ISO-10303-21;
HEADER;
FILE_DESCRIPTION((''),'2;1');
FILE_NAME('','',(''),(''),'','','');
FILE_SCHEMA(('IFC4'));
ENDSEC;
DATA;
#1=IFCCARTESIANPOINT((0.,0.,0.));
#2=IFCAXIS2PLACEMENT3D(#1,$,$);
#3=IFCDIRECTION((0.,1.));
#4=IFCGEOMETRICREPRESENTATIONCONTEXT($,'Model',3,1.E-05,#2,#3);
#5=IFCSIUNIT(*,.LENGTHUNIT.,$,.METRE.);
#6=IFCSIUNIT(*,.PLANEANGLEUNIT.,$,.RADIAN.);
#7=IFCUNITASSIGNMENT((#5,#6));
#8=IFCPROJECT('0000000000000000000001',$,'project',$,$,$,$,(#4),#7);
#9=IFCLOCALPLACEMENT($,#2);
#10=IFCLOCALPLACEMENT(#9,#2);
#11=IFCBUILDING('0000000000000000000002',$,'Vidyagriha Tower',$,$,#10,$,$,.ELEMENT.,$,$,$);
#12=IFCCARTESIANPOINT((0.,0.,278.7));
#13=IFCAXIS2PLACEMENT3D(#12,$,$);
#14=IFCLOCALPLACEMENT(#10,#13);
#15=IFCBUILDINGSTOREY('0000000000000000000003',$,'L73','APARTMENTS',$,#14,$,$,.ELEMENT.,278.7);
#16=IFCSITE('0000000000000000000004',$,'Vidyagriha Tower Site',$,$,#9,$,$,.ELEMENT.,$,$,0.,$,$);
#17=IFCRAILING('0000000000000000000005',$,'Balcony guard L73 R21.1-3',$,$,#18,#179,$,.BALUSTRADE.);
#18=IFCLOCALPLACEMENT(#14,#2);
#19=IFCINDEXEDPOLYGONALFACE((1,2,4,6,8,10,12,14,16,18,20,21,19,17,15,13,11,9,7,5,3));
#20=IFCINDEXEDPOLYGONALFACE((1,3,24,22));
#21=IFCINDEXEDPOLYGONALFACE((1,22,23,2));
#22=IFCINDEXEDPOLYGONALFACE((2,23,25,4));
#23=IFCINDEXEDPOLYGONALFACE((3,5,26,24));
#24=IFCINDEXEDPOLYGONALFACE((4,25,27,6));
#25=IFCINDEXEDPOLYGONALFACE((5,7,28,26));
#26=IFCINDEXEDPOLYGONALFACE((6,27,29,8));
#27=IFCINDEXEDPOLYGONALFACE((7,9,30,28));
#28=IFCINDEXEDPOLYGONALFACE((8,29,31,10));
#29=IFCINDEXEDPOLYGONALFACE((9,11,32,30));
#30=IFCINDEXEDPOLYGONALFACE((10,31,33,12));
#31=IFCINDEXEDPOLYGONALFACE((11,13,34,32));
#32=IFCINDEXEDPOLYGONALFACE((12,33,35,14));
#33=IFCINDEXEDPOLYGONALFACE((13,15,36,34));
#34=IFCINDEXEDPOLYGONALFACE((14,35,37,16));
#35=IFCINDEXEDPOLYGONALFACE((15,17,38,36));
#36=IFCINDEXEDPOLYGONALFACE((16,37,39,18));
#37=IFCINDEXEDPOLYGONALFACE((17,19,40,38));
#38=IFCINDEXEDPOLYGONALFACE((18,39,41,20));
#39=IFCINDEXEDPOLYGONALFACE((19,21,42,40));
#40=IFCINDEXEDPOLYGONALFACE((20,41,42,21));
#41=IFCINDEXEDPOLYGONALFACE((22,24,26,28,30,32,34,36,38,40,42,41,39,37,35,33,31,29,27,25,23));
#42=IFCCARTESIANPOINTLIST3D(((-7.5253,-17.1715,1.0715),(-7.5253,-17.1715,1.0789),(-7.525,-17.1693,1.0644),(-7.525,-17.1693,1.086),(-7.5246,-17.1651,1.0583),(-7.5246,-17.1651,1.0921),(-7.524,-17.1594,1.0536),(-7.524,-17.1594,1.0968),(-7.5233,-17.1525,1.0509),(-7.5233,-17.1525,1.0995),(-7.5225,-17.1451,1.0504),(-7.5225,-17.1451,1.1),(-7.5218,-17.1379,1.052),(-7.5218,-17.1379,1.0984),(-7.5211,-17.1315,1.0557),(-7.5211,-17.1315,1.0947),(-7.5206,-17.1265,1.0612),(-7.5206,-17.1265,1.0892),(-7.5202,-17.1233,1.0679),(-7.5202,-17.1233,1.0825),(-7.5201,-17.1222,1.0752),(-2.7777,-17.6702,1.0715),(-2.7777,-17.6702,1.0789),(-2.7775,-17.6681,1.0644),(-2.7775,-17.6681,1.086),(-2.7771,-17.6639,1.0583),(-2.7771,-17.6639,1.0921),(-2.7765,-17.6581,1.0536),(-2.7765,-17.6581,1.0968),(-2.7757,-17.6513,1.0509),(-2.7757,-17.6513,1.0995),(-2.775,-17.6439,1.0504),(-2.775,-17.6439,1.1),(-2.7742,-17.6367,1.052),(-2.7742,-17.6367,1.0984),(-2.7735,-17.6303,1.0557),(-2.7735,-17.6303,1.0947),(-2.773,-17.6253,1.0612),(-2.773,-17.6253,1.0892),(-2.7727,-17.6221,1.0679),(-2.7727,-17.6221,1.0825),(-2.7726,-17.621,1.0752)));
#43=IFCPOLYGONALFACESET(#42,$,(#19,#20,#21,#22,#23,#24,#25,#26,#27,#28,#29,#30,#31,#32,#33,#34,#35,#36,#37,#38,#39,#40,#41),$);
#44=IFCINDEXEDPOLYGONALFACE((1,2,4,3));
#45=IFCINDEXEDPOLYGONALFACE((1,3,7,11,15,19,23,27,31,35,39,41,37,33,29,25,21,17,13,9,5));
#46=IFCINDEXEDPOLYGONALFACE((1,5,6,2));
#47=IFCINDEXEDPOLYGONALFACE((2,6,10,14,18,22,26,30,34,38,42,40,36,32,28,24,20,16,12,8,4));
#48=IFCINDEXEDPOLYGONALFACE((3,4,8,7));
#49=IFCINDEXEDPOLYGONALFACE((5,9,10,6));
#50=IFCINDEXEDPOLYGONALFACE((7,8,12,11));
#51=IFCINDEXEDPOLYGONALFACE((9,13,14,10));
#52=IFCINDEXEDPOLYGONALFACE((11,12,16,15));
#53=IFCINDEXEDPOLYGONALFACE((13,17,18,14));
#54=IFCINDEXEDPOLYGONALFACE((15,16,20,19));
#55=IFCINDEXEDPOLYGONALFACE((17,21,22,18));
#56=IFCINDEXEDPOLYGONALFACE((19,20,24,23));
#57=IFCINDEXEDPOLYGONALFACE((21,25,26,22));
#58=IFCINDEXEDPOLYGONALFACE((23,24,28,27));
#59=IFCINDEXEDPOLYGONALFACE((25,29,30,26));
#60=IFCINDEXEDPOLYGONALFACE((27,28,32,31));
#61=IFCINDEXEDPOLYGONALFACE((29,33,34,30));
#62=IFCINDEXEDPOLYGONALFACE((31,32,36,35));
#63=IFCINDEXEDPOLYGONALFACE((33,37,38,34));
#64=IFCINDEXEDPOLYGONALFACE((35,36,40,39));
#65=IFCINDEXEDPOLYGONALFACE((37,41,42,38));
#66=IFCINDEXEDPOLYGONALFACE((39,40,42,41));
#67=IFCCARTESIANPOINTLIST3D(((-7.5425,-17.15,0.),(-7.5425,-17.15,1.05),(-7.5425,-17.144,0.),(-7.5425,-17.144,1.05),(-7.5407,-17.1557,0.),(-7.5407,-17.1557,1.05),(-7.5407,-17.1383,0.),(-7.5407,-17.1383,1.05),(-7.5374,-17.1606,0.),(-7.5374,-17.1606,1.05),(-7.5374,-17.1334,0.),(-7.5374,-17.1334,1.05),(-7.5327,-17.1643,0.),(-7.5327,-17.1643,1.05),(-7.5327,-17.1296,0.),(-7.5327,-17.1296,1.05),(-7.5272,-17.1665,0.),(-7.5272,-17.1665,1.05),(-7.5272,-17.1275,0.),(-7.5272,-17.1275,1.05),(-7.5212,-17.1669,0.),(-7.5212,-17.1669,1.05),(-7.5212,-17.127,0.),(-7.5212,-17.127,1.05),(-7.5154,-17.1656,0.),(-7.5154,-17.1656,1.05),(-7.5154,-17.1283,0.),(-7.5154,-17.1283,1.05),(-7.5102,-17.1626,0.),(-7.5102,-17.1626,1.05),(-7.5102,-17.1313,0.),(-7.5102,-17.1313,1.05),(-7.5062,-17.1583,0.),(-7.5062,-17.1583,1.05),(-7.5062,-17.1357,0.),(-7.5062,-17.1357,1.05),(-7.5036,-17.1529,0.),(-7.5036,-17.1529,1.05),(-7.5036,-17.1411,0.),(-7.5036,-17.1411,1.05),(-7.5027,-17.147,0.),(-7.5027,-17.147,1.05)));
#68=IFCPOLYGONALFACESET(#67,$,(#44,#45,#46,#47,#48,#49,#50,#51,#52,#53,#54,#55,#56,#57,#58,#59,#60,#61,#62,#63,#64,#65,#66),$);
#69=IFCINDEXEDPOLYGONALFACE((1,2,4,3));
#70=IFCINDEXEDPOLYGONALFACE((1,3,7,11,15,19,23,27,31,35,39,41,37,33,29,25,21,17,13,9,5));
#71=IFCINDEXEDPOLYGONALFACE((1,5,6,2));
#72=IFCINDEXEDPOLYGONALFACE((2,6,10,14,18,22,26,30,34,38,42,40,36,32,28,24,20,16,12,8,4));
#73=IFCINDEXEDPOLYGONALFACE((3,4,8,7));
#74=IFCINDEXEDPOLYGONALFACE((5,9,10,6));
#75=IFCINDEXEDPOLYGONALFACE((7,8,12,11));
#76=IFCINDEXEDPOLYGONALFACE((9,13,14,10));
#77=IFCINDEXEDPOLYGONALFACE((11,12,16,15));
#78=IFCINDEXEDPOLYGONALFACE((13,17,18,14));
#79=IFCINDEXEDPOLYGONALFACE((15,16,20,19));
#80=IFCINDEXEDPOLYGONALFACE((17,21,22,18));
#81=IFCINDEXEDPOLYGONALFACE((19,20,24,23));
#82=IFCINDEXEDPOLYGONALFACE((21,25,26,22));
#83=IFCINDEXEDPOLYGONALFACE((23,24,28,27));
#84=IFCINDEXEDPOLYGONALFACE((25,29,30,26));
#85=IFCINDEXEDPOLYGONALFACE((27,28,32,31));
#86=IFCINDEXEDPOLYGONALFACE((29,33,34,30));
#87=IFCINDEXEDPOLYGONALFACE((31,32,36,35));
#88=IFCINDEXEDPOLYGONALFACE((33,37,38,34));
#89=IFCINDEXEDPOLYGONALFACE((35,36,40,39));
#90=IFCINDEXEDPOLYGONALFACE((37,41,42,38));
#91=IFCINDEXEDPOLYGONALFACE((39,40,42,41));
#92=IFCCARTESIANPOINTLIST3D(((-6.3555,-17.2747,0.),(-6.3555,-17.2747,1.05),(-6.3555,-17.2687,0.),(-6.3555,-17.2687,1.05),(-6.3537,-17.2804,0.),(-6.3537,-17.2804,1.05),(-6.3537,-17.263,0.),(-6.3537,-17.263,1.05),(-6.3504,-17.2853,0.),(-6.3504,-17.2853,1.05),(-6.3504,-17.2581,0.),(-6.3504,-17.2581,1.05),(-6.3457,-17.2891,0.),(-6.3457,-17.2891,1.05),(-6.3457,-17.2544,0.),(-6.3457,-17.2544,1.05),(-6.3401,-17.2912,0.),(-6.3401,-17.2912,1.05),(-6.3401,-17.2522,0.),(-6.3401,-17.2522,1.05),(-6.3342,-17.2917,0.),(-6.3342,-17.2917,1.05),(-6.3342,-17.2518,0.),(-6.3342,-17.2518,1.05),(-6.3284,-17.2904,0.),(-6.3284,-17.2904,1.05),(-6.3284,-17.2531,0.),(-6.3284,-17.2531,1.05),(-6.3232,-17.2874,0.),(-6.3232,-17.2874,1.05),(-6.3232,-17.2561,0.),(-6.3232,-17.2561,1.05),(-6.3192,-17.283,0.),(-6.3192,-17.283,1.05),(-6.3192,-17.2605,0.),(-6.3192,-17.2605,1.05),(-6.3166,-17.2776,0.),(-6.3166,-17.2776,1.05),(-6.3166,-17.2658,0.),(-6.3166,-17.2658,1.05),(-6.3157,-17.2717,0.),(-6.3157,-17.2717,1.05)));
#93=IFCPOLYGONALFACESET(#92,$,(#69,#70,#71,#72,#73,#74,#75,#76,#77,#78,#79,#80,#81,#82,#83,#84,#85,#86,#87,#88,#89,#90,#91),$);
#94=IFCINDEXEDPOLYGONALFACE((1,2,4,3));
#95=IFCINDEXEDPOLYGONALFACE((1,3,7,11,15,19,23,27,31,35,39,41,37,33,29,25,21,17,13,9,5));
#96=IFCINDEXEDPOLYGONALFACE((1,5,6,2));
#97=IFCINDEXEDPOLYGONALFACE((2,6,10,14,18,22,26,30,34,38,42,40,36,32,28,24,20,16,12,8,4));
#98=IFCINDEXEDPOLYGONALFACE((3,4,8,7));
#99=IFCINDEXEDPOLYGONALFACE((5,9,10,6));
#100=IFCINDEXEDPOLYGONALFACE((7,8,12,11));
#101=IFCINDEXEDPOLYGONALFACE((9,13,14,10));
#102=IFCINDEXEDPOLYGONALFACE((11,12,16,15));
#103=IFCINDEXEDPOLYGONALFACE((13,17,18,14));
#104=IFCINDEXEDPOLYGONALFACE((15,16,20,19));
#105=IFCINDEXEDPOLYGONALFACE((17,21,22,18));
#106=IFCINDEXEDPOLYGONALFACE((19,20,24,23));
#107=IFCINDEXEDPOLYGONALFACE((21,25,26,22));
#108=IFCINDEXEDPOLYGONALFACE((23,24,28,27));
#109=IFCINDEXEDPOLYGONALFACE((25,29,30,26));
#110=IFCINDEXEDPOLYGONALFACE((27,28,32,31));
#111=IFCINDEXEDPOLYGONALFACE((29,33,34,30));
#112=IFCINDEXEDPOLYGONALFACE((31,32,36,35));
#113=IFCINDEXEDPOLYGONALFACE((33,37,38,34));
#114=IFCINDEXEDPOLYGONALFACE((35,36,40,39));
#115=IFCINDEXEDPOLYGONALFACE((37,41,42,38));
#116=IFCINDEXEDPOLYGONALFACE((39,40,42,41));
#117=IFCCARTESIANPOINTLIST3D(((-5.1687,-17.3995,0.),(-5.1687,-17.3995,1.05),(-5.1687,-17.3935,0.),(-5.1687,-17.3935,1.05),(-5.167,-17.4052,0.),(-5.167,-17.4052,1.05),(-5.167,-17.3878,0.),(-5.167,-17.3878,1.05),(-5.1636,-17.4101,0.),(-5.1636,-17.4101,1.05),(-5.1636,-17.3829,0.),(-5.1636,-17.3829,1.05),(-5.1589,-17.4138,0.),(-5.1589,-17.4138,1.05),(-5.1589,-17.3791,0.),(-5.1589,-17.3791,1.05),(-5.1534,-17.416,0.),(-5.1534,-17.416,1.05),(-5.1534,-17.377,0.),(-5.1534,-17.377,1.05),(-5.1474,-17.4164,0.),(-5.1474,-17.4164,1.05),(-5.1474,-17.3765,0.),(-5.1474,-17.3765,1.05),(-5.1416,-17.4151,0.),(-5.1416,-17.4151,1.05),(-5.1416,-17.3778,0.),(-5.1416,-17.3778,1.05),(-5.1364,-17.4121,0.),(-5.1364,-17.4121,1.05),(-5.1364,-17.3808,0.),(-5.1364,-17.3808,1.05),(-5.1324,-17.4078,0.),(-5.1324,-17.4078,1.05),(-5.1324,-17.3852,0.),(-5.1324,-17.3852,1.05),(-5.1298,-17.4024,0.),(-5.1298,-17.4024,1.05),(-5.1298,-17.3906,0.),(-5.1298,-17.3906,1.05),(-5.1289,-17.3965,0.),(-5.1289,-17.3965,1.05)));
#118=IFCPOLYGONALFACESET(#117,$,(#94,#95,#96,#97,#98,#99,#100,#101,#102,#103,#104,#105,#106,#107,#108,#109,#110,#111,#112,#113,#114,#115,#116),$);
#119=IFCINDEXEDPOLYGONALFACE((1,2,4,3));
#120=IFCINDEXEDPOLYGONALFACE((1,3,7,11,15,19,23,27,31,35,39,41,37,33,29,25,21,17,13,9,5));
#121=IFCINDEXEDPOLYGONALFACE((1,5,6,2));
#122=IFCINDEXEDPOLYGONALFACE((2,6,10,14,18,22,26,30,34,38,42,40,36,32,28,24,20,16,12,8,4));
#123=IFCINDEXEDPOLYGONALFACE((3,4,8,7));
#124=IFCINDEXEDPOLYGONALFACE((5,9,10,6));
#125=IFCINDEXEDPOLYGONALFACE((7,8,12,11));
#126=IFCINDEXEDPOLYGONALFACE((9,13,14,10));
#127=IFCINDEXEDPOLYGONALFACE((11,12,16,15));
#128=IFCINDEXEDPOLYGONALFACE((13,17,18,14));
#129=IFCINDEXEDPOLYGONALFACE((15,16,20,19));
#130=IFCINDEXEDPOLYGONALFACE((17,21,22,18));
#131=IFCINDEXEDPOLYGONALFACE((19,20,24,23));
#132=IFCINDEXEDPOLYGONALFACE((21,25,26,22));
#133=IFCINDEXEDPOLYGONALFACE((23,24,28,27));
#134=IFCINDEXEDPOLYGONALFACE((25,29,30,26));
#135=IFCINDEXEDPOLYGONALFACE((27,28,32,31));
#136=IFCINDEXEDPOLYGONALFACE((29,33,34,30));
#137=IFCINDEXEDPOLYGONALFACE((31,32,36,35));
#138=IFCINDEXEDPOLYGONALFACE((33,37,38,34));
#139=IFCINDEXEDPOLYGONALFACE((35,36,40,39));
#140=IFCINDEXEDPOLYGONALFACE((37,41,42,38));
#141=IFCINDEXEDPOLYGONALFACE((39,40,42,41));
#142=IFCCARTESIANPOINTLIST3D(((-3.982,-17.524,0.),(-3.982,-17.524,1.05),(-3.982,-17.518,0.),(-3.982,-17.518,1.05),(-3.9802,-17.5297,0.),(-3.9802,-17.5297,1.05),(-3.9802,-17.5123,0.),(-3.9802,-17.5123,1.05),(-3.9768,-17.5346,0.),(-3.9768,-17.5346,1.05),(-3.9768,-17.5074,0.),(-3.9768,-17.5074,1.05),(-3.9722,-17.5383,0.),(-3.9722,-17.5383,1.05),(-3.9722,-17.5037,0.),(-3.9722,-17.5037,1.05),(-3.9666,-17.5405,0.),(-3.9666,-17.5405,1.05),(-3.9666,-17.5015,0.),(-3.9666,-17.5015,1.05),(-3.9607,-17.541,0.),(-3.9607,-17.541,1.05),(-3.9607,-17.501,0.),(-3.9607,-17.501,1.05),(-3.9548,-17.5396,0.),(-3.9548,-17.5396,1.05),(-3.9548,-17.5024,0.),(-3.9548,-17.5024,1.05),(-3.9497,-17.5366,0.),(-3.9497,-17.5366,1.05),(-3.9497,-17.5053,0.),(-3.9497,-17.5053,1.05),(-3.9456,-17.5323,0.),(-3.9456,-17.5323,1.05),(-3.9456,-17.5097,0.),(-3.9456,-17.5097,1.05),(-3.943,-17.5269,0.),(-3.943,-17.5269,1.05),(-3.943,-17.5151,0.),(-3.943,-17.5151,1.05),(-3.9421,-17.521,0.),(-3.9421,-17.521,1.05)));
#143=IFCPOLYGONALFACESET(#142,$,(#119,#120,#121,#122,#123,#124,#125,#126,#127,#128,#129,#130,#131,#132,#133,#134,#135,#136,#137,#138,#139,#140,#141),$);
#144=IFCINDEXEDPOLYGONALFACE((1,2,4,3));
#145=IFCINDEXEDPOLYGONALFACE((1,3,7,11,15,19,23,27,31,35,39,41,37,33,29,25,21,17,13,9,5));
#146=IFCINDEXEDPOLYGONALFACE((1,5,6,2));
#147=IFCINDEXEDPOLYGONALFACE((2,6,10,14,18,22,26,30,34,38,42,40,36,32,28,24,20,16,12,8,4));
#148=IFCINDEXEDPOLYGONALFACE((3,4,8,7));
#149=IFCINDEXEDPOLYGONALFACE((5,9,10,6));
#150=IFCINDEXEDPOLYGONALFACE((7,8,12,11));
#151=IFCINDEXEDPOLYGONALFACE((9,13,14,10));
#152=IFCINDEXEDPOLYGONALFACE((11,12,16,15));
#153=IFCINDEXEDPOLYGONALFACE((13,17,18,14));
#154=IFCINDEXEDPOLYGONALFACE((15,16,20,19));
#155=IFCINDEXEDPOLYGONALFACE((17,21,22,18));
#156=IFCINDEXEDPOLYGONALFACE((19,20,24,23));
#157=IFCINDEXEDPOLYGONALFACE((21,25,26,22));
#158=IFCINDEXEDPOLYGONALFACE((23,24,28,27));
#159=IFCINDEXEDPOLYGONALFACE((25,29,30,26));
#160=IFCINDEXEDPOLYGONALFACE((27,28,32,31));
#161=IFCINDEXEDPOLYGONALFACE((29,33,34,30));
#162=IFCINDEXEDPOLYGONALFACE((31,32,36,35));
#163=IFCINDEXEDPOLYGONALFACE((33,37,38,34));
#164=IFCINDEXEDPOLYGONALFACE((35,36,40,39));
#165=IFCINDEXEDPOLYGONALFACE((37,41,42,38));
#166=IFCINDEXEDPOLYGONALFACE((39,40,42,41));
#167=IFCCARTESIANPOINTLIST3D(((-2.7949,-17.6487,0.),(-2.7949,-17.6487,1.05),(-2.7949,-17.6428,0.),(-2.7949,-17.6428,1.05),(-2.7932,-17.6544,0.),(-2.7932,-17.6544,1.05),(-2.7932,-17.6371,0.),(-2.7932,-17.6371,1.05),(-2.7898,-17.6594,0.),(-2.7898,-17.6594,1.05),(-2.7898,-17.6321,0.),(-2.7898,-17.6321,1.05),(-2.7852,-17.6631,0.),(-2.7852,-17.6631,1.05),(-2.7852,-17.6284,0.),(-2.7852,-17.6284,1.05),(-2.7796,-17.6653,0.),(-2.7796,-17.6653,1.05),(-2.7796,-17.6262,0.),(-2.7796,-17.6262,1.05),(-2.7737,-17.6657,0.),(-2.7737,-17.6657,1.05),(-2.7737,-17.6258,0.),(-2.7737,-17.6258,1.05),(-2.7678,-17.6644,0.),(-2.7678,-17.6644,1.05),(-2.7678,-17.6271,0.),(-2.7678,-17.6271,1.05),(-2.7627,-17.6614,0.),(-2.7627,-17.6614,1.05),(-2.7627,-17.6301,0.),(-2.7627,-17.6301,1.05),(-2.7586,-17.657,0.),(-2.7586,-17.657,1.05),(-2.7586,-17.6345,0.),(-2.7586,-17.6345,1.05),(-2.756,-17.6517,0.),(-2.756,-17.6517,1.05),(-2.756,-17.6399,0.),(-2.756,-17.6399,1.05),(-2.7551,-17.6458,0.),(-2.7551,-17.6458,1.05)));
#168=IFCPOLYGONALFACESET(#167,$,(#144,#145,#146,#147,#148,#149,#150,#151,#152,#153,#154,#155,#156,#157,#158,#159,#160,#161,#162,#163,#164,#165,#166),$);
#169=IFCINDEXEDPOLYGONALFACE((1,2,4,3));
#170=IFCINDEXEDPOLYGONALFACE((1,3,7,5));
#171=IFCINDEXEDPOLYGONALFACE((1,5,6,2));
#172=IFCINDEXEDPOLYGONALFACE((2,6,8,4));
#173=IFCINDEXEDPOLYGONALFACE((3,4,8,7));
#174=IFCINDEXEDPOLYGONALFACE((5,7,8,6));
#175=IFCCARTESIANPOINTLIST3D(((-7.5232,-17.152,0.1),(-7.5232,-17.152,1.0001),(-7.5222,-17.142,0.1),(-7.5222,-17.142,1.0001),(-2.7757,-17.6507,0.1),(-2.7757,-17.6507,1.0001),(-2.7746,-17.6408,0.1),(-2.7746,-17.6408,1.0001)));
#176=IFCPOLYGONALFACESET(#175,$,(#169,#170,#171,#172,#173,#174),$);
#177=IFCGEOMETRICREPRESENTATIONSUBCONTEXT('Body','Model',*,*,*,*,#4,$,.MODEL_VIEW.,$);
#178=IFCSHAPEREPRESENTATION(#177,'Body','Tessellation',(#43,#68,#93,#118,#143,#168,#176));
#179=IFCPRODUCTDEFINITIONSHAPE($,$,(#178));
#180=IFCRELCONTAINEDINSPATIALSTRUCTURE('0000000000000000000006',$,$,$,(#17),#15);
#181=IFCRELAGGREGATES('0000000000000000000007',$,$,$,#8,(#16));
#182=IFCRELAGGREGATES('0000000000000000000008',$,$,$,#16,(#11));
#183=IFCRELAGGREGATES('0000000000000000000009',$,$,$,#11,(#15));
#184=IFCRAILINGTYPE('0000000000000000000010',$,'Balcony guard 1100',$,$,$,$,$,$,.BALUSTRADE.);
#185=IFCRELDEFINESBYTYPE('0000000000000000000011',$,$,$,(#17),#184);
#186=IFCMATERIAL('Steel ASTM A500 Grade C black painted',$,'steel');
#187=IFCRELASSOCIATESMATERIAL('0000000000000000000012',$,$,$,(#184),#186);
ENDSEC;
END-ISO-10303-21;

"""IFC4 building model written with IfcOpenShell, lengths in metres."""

from ifc_helpers import new_model, si_unit, direction, frame, origin, origin_2d, place, context, subcontext, project, spatial, rectangle, circle, extrude, material, type_object, element, save


model = new_model("IFC4")

# Units and contexts
model_context = context("Model", 3, precision=1e-05, world=origin(), true_north=direction((0.0, 1.0)))
body_context = subcontext(model_context, "Body", "Model", "MODEL_VIEW")
ifc_project = project(units=[si_unit("LENGTHUNIT", "METRE"), si_unit("PLANEANGLEUNIT", "RADIAN")], contexts=[model_context])

# Site, building, storey
site_placement = place(None, origin())
site = spatial("IfcSite", under=ifc_project, at=site_placement, Name="Vidyagriha Tower Site", CompositionType="ELEMENT", RefElevation=0.0)
building_placement = place(site_placement, origin())
building = spatial("IfcBuilding", under=site, at=building_placement, Name="Vidyagriha Tower", CompositionType="ELEMENT")
storey_placement = place(building_placement, frame((0.0, 0.0, 278.7)))
storey = spatial("IfcBuildingStorey", under=building, at=storey_placement, Name="L73", Description="APARTMENTS", CompositionType="ELEMENT", Elevation=278.7)

# Railing
ifc_material_1 = material(Name="Steel ASTM A500 Grade C black painted", Category="steel")
railing_type = type_object("IfcRailingType", Name="Balcony guard 1100", PredefinedType="BALUSTRADE", material=ifc_material_1)
railing_1_placement = place(storey_placement, frame((-7.5227, -17.147, 0.0)))
element("IfcRailing", 1, at=railing_1_placement, inside=storey, type_object=railing_type, Name="Balcony guard L73 R21.1-3", PredefinedType="BALUSTRADE", context=body_context, shape_type="SweptSolid", body=[
    extrude(circle(Radius=0.0249, at=origin_2d()), frame((0.0, 0.0, 1.0752), z_axis=(0.994526, -0.104485, 0.0), x_axis=(0.104485, 0.994526, 0.0)), (0.0, 0.0, 1.0), 4.7737),
    extrude(circle(Radius=0.02, at=origin_2d()), origin(), (0.0, 0.0, 1.0), 1.05),
    extrude(circle(Radius=0.02, at=origin_2d()), frame((1.187, -0.1248, 0.0)), (0.0, 0.0, 1.0), 1.05),
    extrude(circle(Radius=0.02, at=origin_2d()), frame((2.3738, -0.2495, 0.0)), (0.0, 0.0, 1.0), 1.05),
    extrude(circle(Radius=0.02, at=origin_2d()), frame((3.5605, -0.374, 0.0)), (0.0, 0.0, 1.0), 1.05),
    extrude(circle(Radius=0.02, at=origin_2d()), frame((4.7476, -0.4988, 0.0)), (0.0, 0.0, 1.0), 1.05),
    extrude(rectangle(XDim=0.01, YDim=0.9001, at=origin_2d()), frame((0.0, 0.0, 0.55), z_axis=(0.994526, -0.104485, 0.0), x_axis=(0.104485, 0.994526, 0.0)), (0.0, 0.0, 1.0), 4.7737),
])

save(model, "model.ifc")
